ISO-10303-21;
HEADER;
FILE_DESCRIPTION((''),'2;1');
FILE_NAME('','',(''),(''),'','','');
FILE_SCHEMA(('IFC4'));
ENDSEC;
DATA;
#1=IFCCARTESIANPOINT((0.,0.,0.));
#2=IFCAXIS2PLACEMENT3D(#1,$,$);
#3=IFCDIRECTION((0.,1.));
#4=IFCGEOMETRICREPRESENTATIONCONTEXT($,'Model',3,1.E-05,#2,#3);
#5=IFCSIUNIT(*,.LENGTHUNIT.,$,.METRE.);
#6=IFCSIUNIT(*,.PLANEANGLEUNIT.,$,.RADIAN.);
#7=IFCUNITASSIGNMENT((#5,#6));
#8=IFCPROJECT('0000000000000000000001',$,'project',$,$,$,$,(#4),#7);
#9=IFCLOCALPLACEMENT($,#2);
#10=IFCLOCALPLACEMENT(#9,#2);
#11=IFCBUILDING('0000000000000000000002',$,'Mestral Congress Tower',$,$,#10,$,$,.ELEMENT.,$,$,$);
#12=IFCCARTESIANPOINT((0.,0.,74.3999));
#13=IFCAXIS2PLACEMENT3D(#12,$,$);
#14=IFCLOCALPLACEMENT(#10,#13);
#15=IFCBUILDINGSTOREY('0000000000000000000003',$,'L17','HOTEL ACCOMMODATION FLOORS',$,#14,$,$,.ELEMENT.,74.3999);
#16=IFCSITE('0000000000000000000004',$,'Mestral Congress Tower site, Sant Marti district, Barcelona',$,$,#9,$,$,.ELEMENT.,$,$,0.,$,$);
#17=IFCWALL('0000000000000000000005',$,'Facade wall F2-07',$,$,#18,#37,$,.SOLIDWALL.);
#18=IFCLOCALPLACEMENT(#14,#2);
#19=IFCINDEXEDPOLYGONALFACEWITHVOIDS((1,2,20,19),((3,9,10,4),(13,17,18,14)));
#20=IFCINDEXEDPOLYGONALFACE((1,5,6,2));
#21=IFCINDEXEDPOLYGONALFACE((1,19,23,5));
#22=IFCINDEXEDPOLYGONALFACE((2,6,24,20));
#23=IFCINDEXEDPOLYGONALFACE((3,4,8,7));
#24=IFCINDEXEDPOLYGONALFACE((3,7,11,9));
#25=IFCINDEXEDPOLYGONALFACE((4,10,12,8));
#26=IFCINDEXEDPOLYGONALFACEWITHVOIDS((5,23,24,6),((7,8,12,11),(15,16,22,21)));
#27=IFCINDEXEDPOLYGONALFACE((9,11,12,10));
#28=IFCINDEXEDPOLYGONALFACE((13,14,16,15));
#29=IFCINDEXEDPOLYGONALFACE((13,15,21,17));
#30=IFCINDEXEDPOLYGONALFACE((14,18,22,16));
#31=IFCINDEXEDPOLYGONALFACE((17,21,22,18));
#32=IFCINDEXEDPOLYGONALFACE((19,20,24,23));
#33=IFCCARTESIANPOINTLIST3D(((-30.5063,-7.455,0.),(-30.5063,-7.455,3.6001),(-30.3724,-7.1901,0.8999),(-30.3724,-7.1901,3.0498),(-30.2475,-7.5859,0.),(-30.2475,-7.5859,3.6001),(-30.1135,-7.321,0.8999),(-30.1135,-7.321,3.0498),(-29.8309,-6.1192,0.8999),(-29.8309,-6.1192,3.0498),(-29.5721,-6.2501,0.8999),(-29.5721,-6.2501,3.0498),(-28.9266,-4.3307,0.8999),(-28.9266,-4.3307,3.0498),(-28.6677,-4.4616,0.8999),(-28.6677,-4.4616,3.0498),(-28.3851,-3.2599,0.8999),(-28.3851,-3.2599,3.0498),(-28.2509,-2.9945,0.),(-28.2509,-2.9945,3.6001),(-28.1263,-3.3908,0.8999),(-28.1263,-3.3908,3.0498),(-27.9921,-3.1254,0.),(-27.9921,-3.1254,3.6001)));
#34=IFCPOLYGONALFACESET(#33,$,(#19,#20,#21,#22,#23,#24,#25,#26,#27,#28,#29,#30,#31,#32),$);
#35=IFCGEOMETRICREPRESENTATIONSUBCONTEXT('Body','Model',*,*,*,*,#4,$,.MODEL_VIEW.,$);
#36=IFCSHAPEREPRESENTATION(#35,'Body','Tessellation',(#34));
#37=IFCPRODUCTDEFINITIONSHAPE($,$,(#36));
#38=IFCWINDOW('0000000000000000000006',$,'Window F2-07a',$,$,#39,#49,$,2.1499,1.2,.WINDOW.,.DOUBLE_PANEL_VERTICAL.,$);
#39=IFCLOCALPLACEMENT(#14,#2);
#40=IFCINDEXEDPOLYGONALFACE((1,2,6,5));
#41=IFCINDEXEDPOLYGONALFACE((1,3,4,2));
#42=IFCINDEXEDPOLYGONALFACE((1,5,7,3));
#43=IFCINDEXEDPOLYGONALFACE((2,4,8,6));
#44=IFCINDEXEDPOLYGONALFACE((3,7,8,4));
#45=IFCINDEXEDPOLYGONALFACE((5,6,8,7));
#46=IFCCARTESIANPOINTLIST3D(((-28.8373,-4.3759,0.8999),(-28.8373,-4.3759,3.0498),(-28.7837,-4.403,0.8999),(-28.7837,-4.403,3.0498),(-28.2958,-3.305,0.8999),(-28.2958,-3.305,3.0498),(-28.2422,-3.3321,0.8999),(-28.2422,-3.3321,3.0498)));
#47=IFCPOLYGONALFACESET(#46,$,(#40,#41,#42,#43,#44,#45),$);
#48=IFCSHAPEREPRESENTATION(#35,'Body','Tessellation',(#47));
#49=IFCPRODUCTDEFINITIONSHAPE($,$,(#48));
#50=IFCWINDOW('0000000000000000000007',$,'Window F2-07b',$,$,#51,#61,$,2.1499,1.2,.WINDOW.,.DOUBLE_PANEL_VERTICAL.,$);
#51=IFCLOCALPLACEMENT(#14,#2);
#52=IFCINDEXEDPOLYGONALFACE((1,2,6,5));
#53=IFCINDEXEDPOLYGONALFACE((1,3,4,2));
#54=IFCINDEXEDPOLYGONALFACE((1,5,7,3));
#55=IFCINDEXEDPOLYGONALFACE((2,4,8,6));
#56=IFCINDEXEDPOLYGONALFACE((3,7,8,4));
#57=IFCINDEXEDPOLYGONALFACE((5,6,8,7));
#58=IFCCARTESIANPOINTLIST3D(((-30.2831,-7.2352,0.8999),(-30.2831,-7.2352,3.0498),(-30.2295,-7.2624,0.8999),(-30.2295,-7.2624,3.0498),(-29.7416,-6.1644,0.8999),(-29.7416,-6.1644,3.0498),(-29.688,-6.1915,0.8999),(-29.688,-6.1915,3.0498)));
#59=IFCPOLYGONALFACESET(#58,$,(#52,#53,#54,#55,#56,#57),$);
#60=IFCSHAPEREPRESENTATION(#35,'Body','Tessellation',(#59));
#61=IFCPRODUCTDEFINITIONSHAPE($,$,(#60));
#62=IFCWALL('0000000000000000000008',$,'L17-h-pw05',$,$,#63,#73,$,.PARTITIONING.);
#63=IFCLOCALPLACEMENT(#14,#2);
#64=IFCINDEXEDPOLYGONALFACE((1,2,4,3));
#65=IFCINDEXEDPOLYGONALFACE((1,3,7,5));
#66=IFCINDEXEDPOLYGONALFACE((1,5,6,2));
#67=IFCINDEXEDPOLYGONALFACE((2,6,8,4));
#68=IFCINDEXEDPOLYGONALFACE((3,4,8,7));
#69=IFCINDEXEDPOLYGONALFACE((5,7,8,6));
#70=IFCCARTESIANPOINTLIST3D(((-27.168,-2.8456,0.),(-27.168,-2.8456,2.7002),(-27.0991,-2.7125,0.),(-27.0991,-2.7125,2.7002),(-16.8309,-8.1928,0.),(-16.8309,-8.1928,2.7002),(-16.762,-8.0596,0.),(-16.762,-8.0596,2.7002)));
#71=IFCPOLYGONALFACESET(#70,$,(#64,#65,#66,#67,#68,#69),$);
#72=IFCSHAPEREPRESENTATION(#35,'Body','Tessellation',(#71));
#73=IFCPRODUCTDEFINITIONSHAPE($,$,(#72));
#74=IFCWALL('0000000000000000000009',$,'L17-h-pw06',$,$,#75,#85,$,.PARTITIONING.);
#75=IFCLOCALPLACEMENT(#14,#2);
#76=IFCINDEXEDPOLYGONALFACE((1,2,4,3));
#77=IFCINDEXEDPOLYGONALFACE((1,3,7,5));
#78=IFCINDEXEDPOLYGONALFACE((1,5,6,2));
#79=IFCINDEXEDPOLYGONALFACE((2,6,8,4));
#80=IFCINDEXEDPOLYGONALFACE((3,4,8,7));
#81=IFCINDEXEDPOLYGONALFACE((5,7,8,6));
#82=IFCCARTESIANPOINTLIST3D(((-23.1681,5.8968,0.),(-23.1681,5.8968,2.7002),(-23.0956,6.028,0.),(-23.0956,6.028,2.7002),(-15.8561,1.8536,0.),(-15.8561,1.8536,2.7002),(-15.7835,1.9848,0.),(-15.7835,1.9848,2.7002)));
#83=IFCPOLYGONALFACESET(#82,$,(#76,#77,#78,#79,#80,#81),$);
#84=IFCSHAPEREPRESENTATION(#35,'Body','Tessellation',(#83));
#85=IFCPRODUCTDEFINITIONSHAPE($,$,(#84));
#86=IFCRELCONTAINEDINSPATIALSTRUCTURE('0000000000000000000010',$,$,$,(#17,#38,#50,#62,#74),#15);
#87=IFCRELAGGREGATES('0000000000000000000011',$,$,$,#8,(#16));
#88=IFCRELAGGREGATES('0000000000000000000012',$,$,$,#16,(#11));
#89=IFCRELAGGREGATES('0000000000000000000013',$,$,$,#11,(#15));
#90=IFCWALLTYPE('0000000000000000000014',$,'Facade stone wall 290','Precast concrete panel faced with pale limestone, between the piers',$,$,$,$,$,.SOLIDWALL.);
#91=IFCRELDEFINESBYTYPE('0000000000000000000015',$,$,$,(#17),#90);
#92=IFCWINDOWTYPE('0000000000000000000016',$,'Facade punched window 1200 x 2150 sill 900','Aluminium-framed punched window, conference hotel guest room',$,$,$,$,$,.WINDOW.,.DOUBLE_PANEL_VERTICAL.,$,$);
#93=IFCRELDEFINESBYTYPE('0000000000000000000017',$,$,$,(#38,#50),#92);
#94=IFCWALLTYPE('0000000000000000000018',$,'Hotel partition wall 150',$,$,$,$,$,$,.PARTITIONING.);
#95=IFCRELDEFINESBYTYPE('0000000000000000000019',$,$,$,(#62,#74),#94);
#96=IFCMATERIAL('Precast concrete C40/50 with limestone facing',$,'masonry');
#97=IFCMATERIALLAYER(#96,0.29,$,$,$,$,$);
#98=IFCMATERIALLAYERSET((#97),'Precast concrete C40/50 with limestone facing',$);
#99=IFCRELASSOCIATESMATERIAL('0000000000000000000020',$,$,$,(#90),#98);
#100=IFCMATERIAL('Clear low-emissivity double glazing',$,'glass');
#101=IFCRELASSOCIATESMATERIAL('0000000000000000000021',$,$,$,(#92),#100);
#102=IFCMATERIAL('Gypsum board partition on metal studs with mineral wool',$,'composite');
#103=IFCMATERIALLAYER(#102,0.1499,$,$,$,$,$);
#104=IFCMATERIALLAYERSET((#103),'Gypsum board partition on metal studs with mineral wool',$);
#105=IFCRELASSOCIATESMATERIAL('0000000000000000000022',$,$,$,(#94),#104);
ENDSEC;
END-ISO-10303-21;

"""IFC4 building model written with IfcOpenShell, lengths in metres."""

from ifc_helpers import new_model, si_unit, direction, frame, frame_2d, origin, place, context, subcontext, project, spatial, rectangle, extrude, material, layer, layer_set, type_object, element, fill, save


model = new_model("IFC4")

# Units and contexts
model_context = context("Model", 3, precision=1e-05, world=origin(), true_north=direction((0.0, 1.0)))
body_context = subcontext(model_context, "Body", "Model", "MODEL_VIEW")
ifc_project = project(units=[si_unit("LENGTHUNIT", "METRE"), si_unit("PLANEANGLEUNIT", "RADIAN")], contexts=[model_context])

# Site, building, storey
site_placement = place(None, origin())
site = spatial("IfcSite", under=ifc_project, at=site_placement, Name="Mestral Congress Tower site, Sant Marti district, Barcelona", CompositionType="ELEMENT", RefElevation=0.0)
building_placement = place(site_placement, origin())
building = spatial("IfcBuilding", under=site, at=building_placement, Name="Mestral Congress Tower", CompositionType="ELEMENT")
storey_placement = place(building_placement, frame((0.0, 0.0, 74.3999)))
storey = spatial("IfcBuildingStorey", under=building, at=storey_placement, Name="L17", Description="HOTEL ACCOMMODATION FLOORS", CompositionType="ELEMENT", Elevation=74.3999)

# Wall, openings, windows
ifc_material_1 = material(Name="Precast concrete C40/50 with limestone facing", Category="masonry")
ifc_layer_1 = layer(ifc_material_1, 0.29)
ifc_layer_set_1 = layer_set([ifc_layer_1], Name="Precast concrete C40/50 with limestone facing")
wall_type_1 = type_object("IfcWallType", Name="Facade stone wall 290", Description="Precast concrete panel faced with pale limestone, between the piers", PredefinedType="SOLIDWALL", material=ifc_layer_set_1)
ifc_material_2 = material(Name="Clear low-emissivity double glazing", Category="glass")
window_type = type_object("IfcWindowType", Name="Facade punched window 1200 x 2150 sill 900", Description="Aluminium-framed punched window, conference hotel guest room", PartitioningType="DOUBLE_PANEL_VERTICAL", PredefinedType="WINDOW", material=ifc_material_2)
wall_1_placement = place(storey_placement, frame((-28.1216, -3.0601, 0.0), z_axis=(0.0, 0.0, 1.0), x_axis=(-0.451234, -0.892406, 0.0)))
wall_1 = element("IfcWall", 1, at=wall_1_placement, inside=storey, type_object=wall_type_1, Name="Facade wall F2-07", PredefinedType="SOLIDWALL", context=body_context, shape_type="SweptSolid", body=[
    extrude(rectangle(XDim=4.9983, YDim=0.29, at=frame_2d((2.499, 0.0))), origin(), (0.0, 0.0, 1.0), 3.6001),
])
opening_1_placement = place(wall_1_placement, frame((0.2971, 0.0, 0.8999)))
opening_1 = element("IfcOpeningElement", 2, at=opening_1_placement, cuts=wall_1, PredefinedType="OPENING", context=body_context, shape_type="SweptSolid", body=[
    extrude(rectangle(XDim=1.2, YDim=2.1499, at=frame_2d((0.6001, 1.075))), frame((0.0, 0.155, 0.0), z_axis=(0.0, -1.0, 0.0), x_axis=(1.0, 0.0, 0.0)), (0.0, 0.0, 1.0), 0.3101),
])
opening_2_placement = place(wall_1_placement, frame((3.5012, 0.0, 0.8999)))
opening_2 = element("IfcOpeningElement", 3, at=opening_2_placement, cuts=wall_1, PredefinedType="OPENING", context=body_context, shape_type="SweptSolid", body=[
    extrude(rectangle(XDim=1.2, YDim=2.1499, at=frame_2d((0.6001, 1.075))), frame((0.0, 0.155, 0.0), z_axis=(0.0, -1.0, 0.0), x_axis=(1.0, 0.0, 0.0)), (0.0, 0.0, 1.0), 0.3101),
])
window_1_placement = place(opening_1_placement, origin())
window_1 = element("IfcWindow", 4, at=window_1_placement, inside=storey, type_object=window_type, Name="Window F2-07a", OverallHeight=2.1499, OverallWidth=1.2, PartitioningType="DOUBLE_PANEL_VERTICAL", PredefinedType="WINDOW", context=body_context, shape_type="SweptSolid", body=[
    extrude(rectangle(XDim=1.2, YDim=2.1499, at=frame_2d((0.6001, 1.075))), frame((0.0, 0.0151, 0.0), z_axis=(0.0, -1.0, 0.0), x_axis=(1.0, 0.0, 0.0)), (0.0, 0.0, 1.0), 0.0601),
])
fill(opening_1, window_1)
window_2_placement = place(opening_2_placement, origin())
window_2 = element("IfcWindow", 5, at=window_2_placement, inside=storey, type_object=window_type, Name="Window F2-07b", OverallHeight=2.1499, OverallWidth=1.2, PartitioningType="DOUBLE_PANEL_VERTICAL", PredefinedType="WINDOW", context=body_context, shape_type="SweptSolid", body=[
    extrude(rectangle(XDim=1.2, YDim=2.1499, at=frame_2d((0.6001, 1.075))), frame((0.0, 0.0151, 0.0), z_axis=(0.0, -1.0, 0.0), x_axis=(1.0, 0.0, 0.0)), (0.0, 0.0, 1.0), 0.0601),
])
fill(opening_2, window_2)

# Walls
ifc_material_3 = material(Name="Gypsum board partition on metal studs with mineral wool", Category="composite")
ifc_layer_2 = layer(ifc_material_3, 0.1499)
ifc_layer_set_2 = layer_set([ifc_layer_2], Name="Gypsum board partition on metal studs with mineral wool")
wall_type_2 = type_object("IfcWallType", Name="Hotel partition wall 150", PredefinedType="PARTITIONING", material=ifc_layer_set_2)
wall_2_placement = place(storey_placement, frame((-27.1335, -2.7791, 0.0), z_axis=(0.0, 0.0, 1.0), x_axis=(0.888205, -0.459447, 0.0)))
element("IfcWall", 6, at=wall_2_placement, inside=storey, type_object=wall_type_2, Name="L17-h-pw05", PredefinedType="PARTITIONING", context=body_context, shape_type="SweptSolid", body=[
    extrude(rectangle(XDim=11.6382, YDim=0.1499, at=frame_2d((5.8191, 0.0))), origin(), (0.0, 0.0, 1.0), 2.7002),
])
wall_3_placement = place(storey_placement, frame((-23.1318, 5.9624, 0.0), z_axis=(0.0, 0.0, 1.0), x_axis=(0.875122, -0.483903, 0.0)))
element("IfcWall", 7, at=wall_3_placement, inside=storey, type_object=wall_type_2, Name="L17-h-pw06", PredefinedType="PARTITIONING", context=body_context, shape_type="SweptSolid", body=[
    extrude(rectangle(XDim=8.3555, YDim=0.1499, at=frame_2d((4.1777, 0.0))), origin(), (0.0, 0.0, 1.0), 2.7002),
])

save(model, "model.ifc")
